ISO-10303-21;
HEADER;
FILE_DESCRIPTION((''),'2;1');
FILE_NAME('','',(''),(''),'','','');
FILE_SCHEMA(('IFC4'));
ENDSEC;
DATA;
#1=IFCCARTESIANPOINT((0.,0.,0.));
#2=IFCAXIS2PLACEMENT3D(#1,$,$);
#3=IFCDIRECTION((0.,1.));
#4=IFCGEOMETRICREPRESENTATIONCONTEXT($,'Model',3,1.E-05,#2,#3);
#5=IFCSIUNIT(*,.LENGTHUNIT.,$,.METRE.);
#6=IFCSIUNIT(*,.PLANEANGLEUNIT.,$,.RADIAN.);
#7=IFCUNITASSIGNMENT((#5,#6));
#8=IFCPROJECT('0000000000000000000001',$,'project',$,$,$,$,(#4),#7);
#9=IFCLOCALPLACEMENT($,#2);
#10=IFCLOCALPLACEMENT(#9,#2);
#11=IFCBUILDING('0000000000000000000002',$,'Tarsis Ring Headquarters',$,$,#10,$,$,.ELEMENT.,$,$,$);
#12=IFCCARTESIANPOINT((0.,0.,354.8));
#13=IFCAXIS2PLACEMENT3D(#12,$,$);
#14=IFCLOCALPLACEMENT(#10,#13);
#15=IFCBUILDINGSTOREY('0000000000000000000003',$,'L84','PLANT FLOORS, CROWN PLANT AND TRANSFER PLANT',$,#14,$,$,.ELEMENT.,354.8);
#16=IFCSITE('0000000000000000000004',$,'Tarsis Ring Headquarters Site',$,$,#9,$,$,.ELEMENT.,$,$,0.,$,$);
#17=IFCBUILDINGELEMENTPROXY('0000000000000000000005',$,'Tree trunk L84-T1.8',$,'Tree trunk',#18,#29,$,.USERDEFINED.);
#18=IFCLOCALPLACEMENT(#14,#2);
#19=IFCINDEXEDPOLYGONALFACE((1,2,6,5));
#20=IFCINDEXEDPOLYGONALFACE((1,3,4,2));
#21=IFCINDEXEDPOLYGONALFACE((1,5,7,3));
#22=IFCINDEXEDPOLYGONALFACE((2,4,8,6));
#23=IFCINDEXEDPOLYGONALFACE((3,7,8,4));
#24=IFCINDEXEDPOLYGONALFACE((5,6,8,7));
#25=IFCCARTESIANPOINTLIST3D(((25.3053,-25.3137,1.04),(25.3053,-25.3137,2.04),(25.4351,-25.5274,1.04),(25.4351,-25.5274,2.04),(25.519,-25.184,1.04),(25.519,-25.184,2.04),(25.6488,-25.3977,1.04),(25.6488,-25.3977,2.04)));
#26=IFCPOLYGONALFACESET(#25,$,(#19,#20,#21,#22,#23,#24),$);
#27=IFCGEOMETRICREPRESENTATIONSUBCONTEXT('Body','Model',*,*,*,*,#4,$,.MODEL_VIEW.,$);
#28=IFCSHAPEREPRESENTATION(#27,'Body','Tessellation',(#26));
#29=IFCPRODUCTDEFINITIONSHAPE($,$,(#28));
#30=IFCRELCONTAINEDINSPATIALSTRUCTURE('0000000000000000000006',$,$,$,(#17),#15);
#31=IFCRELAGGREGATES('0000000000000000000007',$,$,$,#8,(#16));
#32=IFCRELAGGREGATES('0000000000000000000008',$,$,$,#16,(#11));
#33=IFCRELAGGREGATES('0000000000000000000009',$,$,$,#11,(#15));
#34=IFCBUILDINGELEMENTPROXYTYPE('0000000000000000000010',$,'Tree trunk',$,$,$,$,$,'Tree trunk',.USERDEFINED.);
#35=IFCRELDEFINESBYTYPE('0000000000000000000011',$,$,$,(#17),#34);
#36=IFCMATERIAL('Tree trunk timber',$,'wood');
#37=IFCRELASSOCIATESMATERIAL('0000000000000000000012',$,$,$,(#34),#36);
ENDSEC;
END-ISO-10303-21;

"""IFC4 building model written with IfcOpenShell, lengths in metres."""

from ifc_helpers import new_model, si_unit, direction, frame, origin, origin_2d, place, context, subcontext, project, spatial, rectangle, extrude, material, type_object, element, save


model = new_model("IFC4")

# Units and contexts
model_context = context("Model", 3, precision=1e-05, world=origin(), true_north=direction((0.0, 1.0)))
body_context = subcontext(model_context, "Body", "Model", "MODEL_VIEW")
ifc_project = project(units=[si_unit("LENGTHUNIT", "METRE"), si_unit("PLANEANGLEUNIT", "RADIAN")], contexts=[model_context])

# Site, building, storey
site_placement = place(None, origin())
site = spatial("IfcSite", under=ifc_project, at=site_placement, Name="Tarsis Ring Headquarters Site", CompositionType="ELEMENT", RefElevation=0.0)
building_placement = place(site_placement, origin())
building = spatial("IfcBuilding", under=site, at=building_placement, Name="Tarsis Ring Headquarters", CompositionType="ELEMENT")
storey_placement = place(building_placement, frame((0.0, 0.0, 354.8)))
storey = spatial("IfcBuildingStorey", under=building, at=storey_placement, Name="L84", Description="PLANT FLOORS, CROWN PLANT AND TRANSFER PLANT", CompositionType="ELEMENT", Elevation=354.8)

# Building element proxy
ifc_material_1 = material(Name="Tree trunk timber", Category="wood")
building_element_proxy_type_1 = type_object("IfcBuildingElementProxyType", Name="Tree trunk", ElementType="Tree trunk", PredefinedType="USERDEFINED", material=ifc_material_1)
proxy_1_placement = place(storey_placement, frame((25.4771, -25.3557, 1.04), z_axis=(0.0, 0.0, 1.0), x_axis=(-0.854762, -0.519021, 0.0)))
element("IfcBuildingElementProxy", 1, at=proxy_1_placement, inside=storey, type_object=building_element_proxy_type_1, Name="Tree trunk L84-T1.8", ObjectType="Tree trunk", PredefinedType="USERDEFINED", context=body_context, shape_type="SweptSolid", body=[
    extrude(rectangle(XDim=0.25, YDim=0.25, at=origin_2d()), origin(), (0.0, 0.0, 1.0), 1.0),
])

save(model, "model.ifc")
